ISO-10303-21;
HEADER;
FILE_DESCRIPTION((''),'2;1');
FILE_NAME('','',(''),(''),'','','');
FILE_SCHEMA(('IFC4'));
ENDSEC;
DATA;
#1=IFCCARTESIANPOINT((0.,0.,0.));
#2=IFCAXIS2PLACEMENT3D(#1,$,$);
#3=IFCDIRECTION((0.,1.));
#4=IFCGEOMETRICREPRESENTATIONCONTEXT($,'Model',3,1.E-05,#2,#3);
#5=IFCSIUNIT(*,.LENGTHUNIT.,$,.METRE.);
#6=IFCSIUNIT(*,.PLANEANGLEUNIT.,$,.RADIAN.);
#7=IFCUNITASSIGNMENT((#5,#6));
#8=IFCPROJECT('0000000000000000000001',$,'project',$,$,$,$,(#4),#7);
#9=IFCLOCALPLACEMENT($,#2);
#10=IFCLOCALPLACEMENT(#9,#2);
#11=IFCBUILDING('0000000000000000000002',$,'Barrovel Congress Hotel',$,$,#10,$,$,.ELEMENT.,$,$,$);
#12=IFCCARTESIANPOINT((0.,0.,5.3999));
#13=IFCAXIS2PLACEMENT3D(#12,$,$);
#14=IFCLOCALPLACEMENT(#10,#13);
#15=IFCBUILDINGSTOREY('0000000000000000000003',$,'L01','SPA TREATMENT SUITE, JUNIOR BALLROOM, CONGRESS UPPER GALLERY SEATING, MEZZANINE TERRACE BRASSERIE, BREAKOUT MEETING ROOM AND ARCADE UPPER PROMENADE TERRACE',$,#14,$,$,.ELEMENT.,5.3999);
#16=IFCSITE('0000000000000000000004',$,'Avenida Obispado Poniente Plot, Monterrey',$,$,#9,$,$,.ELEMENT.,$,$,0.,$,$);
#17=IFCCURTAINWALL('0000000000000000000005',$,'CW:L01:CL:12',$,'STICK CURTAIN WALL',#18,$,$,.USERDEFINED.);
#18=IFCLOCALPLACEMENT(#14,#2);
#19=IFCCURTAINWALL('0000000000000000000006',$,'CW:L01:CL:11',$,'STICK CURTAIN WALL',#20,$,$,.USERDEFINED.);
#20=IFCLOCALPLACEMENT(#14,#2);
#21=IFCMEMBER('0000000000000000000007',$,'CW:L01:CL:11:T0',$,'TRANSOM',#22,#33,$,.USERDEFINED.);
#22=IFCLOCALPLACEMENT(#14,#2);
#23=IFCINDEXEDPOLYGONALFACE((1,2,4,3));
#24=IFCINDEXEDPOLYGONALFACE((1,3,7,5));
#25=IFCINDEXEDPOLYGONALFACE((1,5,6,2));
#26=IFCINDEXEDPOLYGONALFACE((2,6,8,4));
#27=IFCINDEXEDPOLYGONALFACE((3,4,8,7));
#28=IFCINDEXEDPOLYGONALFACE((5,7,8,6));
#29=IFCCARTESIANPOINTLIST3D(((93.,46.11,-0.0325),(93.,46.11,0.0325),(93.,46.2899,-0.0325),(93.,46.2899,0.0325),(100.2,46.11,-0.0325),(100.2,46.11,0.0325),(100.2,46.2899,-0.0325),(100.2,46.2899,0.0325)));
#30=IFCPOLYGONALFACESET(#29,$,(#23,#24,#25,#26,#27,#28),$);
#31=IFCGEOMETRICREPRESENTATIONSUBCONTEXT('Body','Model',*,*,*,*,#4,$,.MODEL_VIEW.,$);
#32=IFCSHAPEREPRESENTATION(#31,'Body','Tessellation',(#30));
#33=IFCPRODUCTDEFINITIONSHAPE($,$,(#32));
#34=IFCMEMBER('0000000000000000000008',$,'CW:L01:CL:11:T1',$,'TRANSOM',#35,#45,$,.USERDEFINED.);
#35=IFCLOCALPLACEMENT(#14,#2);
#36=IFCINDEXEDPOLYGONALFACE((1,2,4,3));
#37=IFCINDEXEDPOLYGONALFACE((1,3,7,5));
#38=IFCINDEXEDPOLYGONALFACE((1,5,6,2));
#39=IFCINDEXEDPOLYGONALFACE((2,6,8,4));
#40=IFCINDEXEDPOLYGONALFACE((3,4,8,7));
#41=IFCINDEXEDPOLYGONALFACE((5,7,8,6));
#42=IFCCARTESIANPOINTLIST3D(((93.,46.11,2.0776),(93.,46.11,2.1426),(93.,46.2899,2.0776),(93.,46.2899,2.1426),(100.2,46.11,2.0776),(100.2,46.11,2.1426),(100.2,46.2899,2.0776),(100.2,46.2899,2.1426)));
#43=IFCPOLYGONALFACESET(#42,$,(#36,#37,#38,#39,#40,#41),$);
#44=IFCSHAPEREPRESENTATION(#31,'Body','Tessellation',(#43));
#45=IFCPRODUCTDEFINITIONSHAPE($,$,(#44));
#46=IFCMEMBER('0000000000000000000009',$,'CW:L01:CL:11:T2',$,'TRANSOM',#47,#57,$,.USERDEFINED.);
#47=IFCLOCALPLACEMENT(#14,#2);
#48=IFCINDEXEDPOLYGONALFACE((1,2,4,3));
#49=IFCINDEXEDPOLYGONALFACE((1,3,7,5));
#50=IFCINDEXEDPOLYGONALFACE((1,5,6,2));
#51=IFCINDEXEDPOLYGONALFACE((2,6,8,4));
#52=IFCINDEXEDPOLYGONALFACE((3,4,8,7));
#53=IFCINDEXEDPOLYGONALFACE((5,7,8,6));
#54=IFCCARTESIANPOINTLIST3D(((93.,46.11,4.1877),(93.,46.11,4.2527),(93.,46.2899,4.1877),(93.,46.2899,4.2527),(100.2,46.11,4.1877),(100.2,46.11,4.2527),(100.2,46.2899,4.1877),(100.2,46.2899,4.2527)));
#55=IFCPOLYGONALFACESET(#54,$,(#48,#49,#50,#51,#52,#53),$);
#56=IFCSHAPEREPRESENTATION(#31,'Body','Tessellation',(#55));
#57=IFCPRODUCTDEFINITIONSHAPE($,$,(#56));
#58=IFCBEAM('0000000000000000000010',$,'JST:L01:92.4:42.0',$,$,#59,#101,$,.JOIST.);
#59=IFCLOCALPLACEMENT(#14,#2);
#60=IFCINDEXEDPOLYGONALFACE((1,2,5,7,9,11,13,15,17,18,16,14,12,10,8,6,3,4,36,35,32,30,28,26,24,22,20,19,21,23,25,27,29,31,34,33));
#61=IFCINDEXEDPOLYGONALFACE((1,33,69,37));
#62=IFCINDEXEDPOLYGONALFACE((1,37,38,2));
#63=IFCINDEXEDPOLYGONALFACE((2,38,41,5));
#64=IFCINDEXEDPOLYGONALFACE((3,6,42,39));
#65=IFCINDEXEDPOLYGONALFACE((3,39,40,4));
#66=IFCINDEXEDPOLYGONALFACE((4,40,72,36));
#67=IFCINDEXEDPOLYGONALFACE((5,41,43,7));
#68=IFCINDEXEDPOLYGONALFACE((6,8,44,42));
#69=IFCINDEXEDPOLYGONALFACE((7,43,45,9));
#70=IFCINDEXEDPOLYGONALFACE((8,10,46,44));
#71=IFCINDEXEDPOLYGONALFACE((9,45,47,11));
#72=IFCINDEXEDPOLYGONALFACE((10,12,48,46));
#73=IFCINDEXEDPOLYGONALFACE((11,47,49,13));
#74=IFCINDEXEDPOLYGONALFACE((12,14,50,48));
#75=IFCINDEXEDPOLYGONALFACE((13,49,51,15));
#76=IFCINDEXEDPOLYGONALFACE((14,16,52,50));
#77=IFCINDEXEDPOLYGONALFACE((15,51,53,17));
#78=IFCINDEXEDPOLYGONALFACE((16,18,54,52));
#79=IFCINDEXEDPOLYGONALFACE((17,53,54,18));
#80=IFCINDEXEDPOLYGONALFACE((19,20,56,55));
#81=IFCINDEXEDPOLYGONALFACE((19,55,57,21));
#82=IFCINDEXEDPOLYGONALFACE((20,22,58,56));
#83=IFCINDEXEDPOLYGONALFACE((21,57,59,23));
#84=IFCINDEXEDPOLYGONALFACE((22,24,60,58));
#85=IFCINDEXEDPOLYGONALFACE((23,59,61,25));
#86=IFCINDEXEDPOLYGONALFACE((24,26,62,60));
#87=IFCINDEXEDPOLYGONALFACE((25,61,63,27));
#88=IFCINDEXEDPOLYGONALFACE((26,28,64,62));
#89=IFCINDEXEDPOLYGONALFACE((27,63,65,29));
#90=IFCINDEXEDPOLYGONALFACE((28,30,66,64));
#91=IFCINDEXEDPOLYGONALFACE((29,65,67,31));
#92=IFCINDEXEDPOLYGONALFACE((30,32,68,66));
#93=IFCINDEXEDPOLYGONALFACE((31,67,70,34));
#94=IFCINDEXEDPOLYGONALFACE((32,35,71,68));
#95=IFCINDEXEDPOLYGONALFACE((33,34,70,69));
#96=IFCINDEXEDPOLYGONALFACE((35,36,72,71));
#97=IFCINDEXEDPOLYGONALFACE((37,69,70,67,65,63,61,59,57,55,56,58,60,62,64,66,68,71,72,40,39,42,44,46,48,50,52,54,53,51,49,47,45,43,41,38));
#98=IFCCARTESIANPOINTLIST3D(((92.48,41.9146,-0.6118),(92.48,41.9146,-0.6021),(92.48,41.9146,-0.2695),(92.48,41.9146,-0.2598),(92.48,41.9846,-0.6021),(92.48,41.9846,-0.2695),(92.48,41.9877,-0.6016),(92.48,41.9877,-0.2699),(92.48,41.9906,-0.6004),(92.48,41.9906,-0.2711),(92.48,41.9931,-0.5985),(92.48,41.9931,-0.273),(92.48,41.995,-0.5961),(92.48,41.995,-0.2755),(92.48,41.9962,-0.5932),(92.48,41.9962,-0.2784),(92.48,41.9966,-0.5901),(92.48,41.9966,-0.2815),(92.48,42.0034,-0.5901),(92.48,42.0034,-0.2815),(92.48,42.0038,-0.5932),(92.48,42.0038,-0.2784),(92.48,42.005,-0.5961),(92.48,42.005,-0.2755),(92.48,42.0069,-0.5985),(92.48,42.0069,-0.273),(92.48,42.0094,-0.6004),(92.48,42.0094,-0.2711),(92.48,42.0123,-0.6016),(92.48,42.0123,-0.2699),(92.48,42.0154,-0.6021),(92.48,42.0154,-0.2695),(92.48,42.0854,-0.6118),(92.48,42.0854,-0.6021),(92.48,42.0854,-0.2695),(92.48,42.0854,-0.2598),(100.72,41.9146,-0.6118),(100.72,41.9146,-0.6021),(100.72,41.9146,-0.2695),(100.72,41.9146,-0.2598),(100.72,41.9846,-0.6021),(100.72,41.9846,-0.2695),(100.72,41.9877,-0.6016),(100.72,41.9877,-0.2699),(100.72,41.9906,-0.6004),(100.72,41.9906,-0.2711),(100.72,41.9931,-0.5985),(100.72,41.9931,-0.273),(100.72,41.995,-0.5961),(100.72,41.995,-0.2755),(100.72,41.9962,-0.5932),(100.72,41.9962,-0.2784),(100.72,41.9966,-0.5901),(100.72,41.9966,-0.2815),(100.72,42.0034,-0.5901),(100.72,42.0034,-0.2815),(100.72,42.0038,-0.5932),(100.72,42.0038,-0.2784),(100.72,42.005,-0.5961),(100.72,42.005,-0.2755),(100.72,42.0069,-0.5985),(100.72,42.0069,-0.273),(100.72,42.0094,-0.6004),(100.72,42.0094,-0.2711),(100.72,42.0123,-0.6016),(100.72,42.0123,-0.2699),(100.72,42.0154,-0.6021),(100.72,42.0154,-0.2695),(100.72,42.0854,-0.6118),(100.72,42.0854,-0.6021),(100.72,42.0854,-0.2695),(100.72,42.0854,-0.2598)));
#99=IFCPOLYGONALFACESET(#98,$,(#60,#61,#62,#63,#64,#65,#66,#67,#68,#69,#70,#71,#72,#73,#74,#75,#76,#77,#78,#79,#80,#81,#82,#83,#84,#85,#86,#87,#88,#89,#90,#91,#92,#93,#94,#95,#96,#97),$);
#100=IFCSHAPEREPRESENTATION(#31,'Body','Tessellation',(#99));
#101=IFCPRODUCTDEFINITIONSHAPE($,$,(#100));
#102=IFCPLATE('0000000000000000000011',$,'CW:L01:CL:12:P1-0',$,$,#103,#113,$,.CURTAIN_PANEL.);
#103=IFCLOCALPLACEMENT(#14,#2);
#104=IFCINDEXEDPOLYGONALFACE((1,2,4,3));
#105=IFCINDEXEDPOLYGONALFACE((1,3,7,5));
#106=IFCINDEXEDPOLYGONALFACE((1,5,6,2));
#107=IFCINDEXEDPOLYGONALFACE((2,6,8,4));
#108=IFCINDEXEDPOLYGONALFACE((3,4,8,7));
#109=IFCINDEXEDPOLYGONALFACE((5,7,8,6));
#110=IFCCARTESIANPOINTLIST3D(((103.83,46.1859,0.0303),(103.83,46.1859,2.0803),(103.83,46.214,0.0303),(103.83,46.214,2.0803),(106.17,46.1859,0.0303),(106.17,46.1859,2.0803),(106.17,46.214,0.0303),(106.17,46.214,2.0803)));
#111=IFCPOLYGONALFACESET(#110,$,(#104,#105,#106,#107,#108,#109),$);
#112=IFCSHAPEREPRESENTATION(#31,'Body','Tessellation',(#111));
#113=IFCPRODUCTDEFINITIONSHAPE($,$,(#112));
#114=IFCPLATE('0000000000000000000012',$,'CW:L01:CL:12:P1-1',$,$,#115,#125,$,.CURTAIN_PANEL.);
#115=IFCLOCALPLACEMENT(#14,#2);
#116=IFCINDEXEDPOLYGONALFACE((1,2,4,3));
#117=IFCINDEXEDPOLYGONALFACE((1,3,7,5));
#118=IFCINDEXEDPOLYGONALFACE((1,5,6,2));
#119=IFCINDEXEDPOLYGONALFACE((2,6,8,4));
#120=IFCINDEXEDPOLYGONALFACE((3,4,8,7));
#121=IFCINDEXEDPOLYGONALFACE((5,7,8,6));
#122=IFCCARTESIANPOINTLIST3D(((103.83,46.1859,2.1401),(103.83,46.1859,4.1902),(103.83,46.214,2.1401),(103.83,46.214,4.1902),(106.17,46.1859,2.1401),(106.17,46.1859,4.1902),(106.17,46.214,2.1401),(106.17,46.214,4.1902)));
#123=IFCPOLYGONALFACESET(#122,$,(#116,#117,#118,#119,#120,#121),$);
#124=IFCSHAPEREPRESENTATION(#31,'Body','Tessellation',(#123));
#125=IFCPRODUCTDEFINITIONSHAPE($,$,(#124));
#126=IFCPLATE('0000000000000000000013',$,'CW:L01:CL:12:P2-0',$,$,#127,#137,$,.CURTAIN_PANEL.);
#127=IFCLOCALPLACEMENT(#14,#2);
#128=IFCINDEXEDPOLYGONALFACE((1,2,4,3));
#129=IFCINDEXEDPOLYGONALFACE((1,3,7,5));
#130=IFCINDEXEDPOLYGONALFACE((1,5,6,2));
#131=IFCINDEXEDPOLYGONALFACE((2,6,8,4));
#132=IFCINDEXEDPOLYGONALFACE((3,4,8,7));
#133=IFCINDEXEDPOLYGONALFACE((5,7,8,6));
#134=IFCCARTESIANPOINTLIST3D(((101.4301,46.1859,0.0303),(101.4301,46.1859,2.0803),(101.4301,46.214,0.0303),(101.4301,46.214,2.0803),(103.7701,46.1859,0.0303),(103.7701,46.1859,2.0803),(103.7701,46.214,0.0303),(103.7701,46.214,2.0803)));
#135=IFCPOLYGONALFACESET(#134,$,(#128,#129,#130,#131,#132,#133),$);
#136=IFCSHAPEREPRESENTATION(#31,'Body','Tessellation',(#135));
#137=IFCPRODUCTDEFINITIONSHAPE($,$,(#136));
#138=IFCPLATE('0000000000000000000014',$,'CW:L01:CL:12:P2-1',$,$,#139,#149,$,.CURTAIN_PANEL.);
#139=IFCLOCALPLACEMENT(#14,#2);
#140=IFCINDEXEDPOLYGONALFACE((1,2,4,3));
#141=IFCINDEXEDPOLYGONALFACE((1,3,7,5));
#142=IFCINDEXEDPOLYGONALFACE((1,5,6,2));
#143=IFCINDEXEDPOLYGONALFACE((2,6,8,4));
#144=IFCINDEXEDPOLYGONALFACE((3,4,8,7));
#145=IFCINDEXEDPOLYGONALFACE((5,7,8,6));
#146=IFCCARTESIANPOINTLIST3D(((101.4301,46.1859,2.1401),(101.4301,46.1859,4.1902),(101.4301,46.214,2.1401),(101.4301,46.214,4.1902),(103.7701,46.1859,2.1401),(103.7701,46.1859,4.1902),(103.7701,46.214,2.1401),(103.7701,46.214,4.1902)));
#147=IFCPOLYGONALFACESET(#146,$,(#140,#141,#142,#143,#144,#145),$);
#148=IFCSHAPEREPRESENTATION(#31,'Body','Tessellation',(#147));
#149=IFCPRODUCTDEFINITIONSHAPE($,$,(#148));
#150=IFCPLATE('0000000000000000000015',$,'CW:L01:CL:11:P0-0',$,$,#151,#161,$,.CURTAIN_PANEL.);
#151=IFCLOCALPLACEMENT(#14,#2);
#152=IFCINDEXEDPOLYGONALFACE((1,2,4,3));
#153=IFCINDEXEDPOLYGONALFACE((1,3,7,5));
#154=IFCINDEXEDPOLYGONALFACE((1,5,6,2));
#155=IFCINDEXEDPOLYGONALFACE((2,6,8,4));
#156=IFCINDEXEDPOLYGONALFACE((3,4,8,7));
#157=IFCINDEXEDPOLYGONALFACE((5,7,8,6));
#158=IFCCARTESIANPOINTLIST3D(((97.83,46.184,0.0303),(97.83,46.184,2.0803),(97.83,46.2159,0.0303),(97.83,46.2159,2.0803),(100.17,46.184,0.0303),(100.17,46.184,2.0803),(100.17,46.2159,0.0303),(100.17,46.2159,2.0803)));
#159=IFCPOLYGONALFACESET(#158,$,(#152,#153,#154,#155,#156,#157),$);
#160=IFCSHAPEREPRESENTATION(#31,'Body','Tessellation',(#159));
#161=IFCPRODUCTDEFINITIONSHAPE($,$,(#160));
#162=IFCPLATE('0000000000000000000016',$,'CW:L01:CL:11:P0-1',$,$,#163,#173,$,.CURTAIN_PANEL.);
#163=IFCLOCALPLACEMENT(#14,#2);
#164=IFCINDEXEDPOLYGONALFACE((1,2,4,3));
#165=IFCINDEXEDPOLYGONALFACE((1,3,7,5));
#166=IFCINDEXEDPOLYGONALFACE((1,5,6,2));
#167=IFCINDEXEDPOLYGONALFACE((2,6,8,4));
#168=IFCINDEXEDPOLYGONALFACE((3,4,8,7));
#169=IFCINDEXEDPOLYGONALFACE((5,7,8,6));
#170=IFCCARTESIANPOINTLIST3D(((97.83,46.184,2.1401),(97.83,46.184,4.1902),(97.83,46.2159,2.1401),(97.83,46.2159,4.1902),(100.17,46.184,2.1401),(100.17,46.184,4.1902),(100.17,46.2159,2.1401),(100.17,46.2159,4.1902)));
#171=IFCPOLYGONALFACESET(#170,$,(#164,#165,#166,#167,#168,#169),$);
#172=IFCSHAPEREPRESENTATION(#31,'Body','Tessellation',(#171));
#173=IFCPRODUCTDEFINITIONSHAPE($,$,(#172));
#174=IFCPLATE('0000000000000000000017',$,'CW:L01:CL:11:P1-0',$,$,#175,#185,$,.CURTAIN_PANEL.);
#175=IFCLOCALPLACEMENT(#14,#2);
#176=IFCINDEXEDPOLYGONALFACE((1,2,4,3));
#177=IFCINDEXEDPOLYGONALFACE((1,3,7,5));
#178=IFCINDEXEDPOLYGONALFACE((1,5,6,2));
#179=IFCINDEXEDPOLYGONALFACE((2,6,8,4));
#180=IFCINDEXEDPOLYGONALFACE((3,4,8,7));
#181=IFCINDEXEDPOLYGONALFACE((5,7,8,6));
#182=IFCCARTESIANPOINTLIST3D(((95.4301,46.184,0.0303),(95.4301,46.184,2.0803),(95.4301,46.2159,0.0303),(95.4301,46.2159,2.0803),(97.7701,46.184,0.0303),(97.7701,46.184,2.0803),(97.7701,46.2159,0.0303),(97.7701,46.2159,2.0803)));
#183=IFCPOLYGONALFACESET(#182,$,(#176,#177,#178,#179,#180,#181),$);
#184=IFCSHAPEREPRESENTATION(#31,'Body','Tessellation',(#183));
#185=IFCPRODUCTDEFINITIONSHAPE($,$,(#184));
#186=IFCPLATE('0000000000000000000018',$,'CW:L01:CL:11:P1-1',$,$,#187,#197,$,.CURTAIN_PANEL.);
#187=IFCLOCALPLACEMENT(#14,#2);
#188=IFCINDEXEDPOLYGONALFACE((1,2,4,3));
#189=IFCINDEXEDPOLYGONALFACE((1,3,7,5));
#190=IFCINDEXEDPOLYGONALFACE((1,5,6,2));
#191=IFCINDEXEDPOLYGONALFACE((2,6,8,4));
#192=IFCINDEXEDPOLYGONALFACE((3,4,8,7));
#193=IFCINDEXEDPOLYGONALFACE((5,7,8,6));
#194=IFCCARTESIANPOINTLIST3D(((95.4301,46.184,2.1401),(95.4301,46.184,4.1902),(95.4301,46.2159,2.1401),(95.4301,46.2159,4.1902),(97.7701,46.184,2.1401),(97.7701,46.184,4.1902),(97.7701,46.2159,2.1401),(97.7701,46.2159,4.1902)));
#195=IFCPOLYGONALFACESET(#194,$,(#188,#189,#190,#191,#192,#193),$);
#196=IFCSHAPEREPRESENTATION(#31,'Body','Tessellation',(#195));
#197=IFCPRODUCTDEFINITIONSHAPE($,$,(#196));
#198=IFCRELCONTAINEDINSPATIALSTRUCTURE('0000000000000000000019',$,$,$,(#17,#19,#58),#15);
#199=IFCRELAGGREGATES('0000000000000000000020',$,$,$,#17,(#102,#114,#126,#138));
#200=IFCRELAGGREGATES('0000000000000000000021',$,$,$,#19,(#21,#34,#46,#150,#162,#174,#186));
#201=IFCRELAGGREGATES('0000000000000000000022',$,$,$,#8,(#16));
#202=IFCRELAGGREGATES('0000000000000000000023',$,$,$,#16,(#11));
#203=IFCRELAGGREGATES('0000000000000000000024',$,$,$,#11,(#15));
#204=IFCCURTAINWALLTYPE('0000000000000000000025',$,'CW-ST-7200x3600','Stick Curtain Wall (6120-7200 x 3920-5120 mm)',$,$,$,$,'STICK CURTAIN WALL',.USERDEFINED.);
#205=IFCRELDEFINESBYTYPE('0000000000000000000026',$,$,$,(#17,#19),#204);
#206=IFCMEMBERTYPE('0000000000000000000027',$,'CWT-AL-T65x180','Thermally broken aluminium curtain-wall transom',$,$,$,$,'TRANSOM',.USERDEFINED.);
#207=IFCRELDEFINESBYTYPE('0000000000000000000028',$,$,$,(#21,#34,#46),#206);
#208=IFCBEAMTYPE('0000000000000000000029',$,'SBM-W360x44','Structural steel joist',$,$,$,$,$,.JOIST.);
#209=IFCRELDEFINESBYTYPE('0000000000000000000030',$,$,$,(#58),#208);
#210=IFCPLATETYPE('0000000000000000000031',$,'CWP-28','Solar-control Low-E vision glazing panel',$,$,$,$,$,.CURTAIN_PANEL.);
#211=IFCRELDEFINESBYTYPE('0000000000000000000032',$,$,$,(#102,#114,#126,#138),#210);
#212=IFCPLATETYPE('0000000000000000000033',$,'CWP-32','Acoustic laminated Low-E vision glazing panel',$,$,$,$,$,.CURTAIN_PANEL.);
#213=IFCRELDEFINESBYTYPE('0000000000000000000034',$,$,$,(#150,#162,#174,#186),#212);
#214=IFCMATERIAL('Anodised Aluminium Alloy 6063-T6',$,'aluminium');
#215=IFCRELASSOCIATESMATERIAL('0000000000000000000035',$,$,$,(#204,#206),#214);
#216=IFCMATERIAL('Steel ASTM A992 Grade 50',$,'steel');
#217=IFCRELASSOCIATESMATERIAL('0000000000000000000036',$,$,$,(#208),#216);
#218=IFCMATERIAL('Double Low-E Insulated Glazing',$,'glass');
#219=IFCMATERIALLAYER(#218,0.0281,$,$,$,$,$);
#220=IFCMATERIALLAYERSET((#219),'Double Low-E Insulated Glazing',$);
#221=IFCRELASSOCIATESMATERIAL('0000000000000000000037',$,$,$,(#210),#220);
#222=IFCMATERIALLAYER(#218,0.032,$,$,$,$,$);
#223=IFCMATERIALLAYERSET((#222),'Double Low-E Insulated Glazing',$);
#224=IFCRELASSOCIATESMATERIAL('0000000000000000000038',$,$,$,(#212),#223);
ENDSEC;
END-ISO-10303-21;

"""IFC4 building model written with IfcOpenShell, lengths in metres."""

from ifc_helpers import new_model, si_unit, direction, frame, origin, origin_2d, place, context, subcontext, project, spatial, rectangle, i_section, extrude, material, layer, layer_set, material_profile, profile_set, type_object, element, aggregate, save


model = new_model("IFC4")

# Units and contexts
model_context = context("Model", 3, precision=1e-05, world=origin(), true_north=direction((0.0, 1.0)))
body_context = subcontext(model_context, "Body", "Model", "MODEL_VIEW")
ifc_project = project(units=[si_unit("LENGTHUNIT", "METRE"), si_unit("PLANEANGLEUNIT", "RADIAN")], contexts=[model_context])

# Site, building, storey
site_placement = place(None, origin())
site = spatial("IfcSite", under=ifc_project, at=site_placement, Name="Avenida Obispado Poniente Plot, Monterrey", CompositionType="ELEMENT", RefElevation=0.0)
building_placement = place(site_placement, origin())
building = spatial("IfcBuilding", under=site, at=building_placement, Name="Barrovel Congress Hotel", CompositionType="ELEMENT")
storey_placement = place(building_placement, frame((0.0, 0.0, 5.3999)))
storey = spatial("IfcBuildingStorey", under=building, at=storey_placement, Name="L01", Description="SPA TREATMENT SUITE, JUNIOR BALLROOM, CONGRESS UPPER GALLERY SEATING, MEZZANINE TERRACE BRASSERIE, BREAKOUT MEETING ROOM AND ARCADE UPPER PROMENADE TERRACE", CompositionType="ELEMENT", Elevation=5.3999)

# Curtain walls, members
ifc_material_1 = material(Name="Anodised Aluminium Alloy 6063-T6", Category="aluminium")
curtain_wall_type = type_object("IfcCurtainWallType", Name="CW-ST-7200x3600", Description="Stick Curtain Wall (6120-7200 x 3920-5120 mm)", ElementType="STICK CURTAIN WALL", PredefinedType="USERDEFINED", material=ifc_material_1)
curtain_wall_1_placement = place(storey_placement, origin())
curtain_wall_1 = element("IfcCurtainWall", 1, at=curtain_wall_1_placement, inside=storey, type_object=curtain_wall_type, Name="CW:L01:CL:12", ObjectType="STICK CURTAIN WALL", PredefinedType="USERDEFINED")
curtain_wall_2_placement = place(storey_placement, origin())
curtain_wall_2 = element("IfcCurtainWall", 2, at=curtain_wall_2_placement, inside=storey, type_object=curtain_wall_type, Name="CW:L01:CL:11", ObjectType="STICK CURTAIN WALL", PredefinedType="USERDEFINED")
ifc_material_profile_1 = material_profile(ifc_material_1, rectangle(XDim=0.1799, YDim=0.0649, at=origin_2d()), Name="AL-T65x180")
ifc_profile_set_1 = profile_set([ifc_material_profile_1], Name="Anodised Aluminium Alloy 6063-T6")
member_type_1 = type_object("IfcMemberType", Name="CWT-AL-T65x180", Description="Thermally broken aluminium curtain-wall transom", ElementType="TRANSOM", PredefinedType="USERDEFINED", material=ifc_profile_set_1)
member_1_placement = place(storey_placement, frame((100.2, 46.2, 0.0), z_axis=(-1.0, 0.0, 0.0), x_axis=(0.0, -1.0, 0.0)))
member_1 = element("IfcMember", 3, at=member_1_placement, type_object=member_type_1, Name="CW:L01:CL:11:T0", ObjectType="TRANSOM", PredefinedType="USERDEFINED", context=body_context, shape_type="SweptSolid", body=[
    extrude(rectangle(XDim=0.1799, YDim=0.0649, at=origin_2d()), origin(), (0.0, 0.0, 1.0), 7.2),
])
member_2_placement = place(storey_placement, frame((100.2, 46.2, 2.1101), z_axis=(-1.0, 0.0, 0.0), x_axis=(0.0, -1.0, 0.0)))
member_2 = element("IfcMember", 4, at=member_2_placement, type_object=member_type_1, Name="CW:L01:CL:11:T1", ObjectType="TRANSOM", PredefinedType="USERDEFINED", context=body_context, shape_type="SweptSolid", body=[
    extrude(rectangle(XDim=0.1799, YDim=0.0649, at=origin_2d()), origin(), (0.0, 0.0, 1.0), 7.2),
])
member_3_placement = place(storey_placement, frame((100.2, 46.2, 4.2202), z_axis=(-1.0, 0.0, 0.0), x_axis=(0.0, -1.0, 0.0)))
member_3 = element("IfcMember", 5, at=member_3_placement, type_object=member_type_1, Name="CW:L01:CL:11:T2", ObjectType="TRANSOM", PredefinedType="USERDEFINED", context=body_context, shape_type="SweptSolid", body=[
    extrude(rectangle(XDim=0.1799, YDim=0.0649, at=origin_2d()), origin(), (0.0, 0.0, 1.0), 7.2),
])

# Beam
ifc_material_2 = material(Name="Steel ASTM A992 Grade 50", Category="steel")
ifc_material_profile_2 = material_profile(ifc_material_2, i_section(OverallWidth=0.1709, OverallDepth=0.3521, WebThickness=0.0068, FlangeThickness=0.0098, FilletRadius=0.012, at=origin_2d()), Name="W360x44")
ifc_profile_set_2 = profile_set([ifc_material_profile_2], Name="Steel ASTM A992 Grade 50")
beam_type_1 = type_object("IfcBeamType", Name="SBM-W360x44", Description="Structural steel joist", PredefinedType="JOIST", material=ifc_profile_set_2)
beam_1_placement = place(storey_placement, frame((92.48, 42.0, -0.4358), z_axis=(1.0, 0.0, 0.0), x_axis=(0.0, 1.0, 0.0)))
element("IfcBeam", 6, at=beam_1_placement, inside=storey, type_object=beam_type_1, Name="JST:L01:92.4:42.0", PredefinedType="JOIST", context=body_context, shape_type="SweptSolid", body=[
    extrude(i_section(OverallWidth=0.1709, OverallDepth=0.3521, WebThickness=0.0068, FlangeThickness=0.0098, FilletRadius=0.012, at=origin_2d()), origin(), (0.0, 0.0, 1.0), 8.24),
])

# Plates
ifc_material_3 = material(Name="Double Low-E Insulated Glazing", Category="glass")
ifc_layer_1 = layer(ifc_material_3, 0.0281)
ifc_layer_set_1 = layer_set([ifc_layer_1], Name="Double Low-E Insulated Glazing")
plate_type_1 = type_object("IfcPlateType", Name="CWP-28", Description="Solar-control Low-E vision glazing panel", PredefinedType="CURTAIN_PANEL", material=ifc_layer_set_1)
plate_1_placement = place(storey_placement, frame((105.0, 46.2, 0.0303), z_axis=(0.0, 0.0, 1.0), x_axis=(-1.0, 0.0, 0.0)))
plate_1 = element("IfcPlate", 7, at=plate_1_placement, type_object=plate_type_1, Name="CW:L01:CL:12:P1-0", PredefinedType="CURTAIN_PANEL", context=body_context, shape_type="SweptSolid", body=[
    extrude(rectangle(XDim=2.3401, YDim=0.0281, at=origin_2d()), origin(), (0.0, 0.0, 1.0), 2.05),
])
plate_2_placement = place(storey_placement, frame((105.0, 46.2, 2.1401), z_axis=(0.0, 0.0, 1.0), x_axis=(-1.0, 0.0, 0.0)))
plate_2 = element("IfcPlate", 8, at=plate_2_placement, type_object=plate_type_1, Name="CW:L01:CL:12:P1-1", PredefinedType="CURTAIN_PANEL", context=body_context, shape_type="SweptSolid", body=[
    extrude(rectangle(XDim=2.3401, YDim=0.0281, at=origin_2d()), origin(), (0.0, 0.0, 1.0), 2.05),
])
plate_3_placement = place(storey_placement, frame((102.6001, 46.2, 0.0303), z_axis=(0.0, 0.0, 1.0), x_axis=(-1.0, 0.0, 0.0)))
plate_3 = element("IfcPlate", 9, at=plate_3_placement, type_object=plate_type_1, Name="CW:L01:CL:12:P2-0", PredefinedType="CURTAIN_PANEL", context=body_context, shape_type="SweptSolid", body=[
    extrude(rectangle(XDim=2.3401, YDim=0.0281, at=origin_2d()), origin(), (0.0, 0.0, 1.0), 2.05),
])
plate_4_placement = place(storey_placement, frame((102.6001, 46.2, 2.1401), z_axis=(0.0, 0.0, 1.0), x_axis=(-1.0, 0.0, 0.0)))
plate_4 = element("IfcPlate", 10, at=plate_4_placement, type_object=plate_type_1, Name="CW:L01:CL:12:P2-1", PredefinedType="CURTAIN_PANEL", context=body_context, shape_type="SweptSolid", body=[
    extrude(rectangle(XDim=2.3401, YDim=0.0281, at=origin_2d()), origin(), (0.0, 0.0, 1.0), 2.05),
])
aggregate(curtain_wall_1, [plate_1, plate_2, plate_3, plate_4])
ifc_layer_2 = layer(ifc_material_3, 0.032)
ifc_layer_set_2 = layer_set([ifc_layer_2], Name="Double Low-E Insulated Glazing")
plate_type_2 = type_object("IfcPlateType", Name="CWP-32", Description="Acoustic laminated Low-E vision glazing panel", PredefinedType="CURTAIN_PANEL", material=ifc_layer_set_2)
plate_5_placement = place(storey_placement, frame((99.0, 46.2, 0.0303), z_axis=(0.0, 0.0, 1.0), x_axis=(-1.0, 0.0, 0.0)))
plate_5 = element("IfcPlate", 11, at=plate_5_placement, type_object=plate_type_2, Name="CW:L01:CL:11:P0-0", PredefinedType="CURTAIN_PANEL", context=body_context, shape_type="SweptSolid", body=[
    extrude(rectangle(XDim=2.3401, YDim=0.032, at=origin_2d()), origin(), (0.0, 0.0, 1.0), 2.05),
])
plate_6_placement = place(storey_placement, frame((99.0, 46.2, 2.1401), z_axis=(0.0, 0.0, 1.0), x_axis=(-1.0, 0.0, 0.0)))
plate_6 = element("IfcPlate", 12, at=plate_6_placement, type_object=plate_type_2, Name="CW:L01:CL:11:P0-1", PredefinedType="CURTAIN_PANEL", context=body_context, shape_type="SweptSolid", body=[
    extrude(rectangle(XDim=2.3401, YDim=0.032, at=origin_2d()), origin(), (0.0, 0.0, 1.0), 2.05),
])
plate_7_placement = place(storey_placement, frame((96.6001, 46.2, 0.0303), z_axis=(0.0, 0.0, 1.0), x_axis=(-1.0, 0.0, 0.0)))
plate_7 = element("IfcPlate", 13, at=plate_7_placement, type_object=plate_type_2, Name="CW:L01:CL:11:P1-0", PredefinedType="CURTAIN_PANEL", context=body_context, shape_type="SweptSolid", body=[
    extrude(rectangle(XDim=2.3401, YDim=0.032, at=origin_2d()), origin(), (0.0, 0.0, 1.0), 2.05),
])
plate_8_placement = place(storey_placement, frame((96.6001, 46.2, 2.1401), z_axis=(0.0, 0.0, 1.0), x_axis=(-1.0, 0.0, 0.0)))
plate_8 = element("IfcPlate", 14, at=plate_8_placement, type_object=plate_type_2, Name="CW:L01:CL:11:P1-1", PredefinedType="CURTAIN_PANEL", context=body_context, shape_type="SweptSolid", body=[
    extrude(rectangle(XDim=2.3401, YDim=0.032, at=origin_2d()), origin(), (0.0, 0.0, 1.0), 2.05),
])
aggregate(curtain_wall_2, [member_1, member_2, member_3, plate_5, plate_6, plate_7, plate_8])

save(model, "model.ifc")
